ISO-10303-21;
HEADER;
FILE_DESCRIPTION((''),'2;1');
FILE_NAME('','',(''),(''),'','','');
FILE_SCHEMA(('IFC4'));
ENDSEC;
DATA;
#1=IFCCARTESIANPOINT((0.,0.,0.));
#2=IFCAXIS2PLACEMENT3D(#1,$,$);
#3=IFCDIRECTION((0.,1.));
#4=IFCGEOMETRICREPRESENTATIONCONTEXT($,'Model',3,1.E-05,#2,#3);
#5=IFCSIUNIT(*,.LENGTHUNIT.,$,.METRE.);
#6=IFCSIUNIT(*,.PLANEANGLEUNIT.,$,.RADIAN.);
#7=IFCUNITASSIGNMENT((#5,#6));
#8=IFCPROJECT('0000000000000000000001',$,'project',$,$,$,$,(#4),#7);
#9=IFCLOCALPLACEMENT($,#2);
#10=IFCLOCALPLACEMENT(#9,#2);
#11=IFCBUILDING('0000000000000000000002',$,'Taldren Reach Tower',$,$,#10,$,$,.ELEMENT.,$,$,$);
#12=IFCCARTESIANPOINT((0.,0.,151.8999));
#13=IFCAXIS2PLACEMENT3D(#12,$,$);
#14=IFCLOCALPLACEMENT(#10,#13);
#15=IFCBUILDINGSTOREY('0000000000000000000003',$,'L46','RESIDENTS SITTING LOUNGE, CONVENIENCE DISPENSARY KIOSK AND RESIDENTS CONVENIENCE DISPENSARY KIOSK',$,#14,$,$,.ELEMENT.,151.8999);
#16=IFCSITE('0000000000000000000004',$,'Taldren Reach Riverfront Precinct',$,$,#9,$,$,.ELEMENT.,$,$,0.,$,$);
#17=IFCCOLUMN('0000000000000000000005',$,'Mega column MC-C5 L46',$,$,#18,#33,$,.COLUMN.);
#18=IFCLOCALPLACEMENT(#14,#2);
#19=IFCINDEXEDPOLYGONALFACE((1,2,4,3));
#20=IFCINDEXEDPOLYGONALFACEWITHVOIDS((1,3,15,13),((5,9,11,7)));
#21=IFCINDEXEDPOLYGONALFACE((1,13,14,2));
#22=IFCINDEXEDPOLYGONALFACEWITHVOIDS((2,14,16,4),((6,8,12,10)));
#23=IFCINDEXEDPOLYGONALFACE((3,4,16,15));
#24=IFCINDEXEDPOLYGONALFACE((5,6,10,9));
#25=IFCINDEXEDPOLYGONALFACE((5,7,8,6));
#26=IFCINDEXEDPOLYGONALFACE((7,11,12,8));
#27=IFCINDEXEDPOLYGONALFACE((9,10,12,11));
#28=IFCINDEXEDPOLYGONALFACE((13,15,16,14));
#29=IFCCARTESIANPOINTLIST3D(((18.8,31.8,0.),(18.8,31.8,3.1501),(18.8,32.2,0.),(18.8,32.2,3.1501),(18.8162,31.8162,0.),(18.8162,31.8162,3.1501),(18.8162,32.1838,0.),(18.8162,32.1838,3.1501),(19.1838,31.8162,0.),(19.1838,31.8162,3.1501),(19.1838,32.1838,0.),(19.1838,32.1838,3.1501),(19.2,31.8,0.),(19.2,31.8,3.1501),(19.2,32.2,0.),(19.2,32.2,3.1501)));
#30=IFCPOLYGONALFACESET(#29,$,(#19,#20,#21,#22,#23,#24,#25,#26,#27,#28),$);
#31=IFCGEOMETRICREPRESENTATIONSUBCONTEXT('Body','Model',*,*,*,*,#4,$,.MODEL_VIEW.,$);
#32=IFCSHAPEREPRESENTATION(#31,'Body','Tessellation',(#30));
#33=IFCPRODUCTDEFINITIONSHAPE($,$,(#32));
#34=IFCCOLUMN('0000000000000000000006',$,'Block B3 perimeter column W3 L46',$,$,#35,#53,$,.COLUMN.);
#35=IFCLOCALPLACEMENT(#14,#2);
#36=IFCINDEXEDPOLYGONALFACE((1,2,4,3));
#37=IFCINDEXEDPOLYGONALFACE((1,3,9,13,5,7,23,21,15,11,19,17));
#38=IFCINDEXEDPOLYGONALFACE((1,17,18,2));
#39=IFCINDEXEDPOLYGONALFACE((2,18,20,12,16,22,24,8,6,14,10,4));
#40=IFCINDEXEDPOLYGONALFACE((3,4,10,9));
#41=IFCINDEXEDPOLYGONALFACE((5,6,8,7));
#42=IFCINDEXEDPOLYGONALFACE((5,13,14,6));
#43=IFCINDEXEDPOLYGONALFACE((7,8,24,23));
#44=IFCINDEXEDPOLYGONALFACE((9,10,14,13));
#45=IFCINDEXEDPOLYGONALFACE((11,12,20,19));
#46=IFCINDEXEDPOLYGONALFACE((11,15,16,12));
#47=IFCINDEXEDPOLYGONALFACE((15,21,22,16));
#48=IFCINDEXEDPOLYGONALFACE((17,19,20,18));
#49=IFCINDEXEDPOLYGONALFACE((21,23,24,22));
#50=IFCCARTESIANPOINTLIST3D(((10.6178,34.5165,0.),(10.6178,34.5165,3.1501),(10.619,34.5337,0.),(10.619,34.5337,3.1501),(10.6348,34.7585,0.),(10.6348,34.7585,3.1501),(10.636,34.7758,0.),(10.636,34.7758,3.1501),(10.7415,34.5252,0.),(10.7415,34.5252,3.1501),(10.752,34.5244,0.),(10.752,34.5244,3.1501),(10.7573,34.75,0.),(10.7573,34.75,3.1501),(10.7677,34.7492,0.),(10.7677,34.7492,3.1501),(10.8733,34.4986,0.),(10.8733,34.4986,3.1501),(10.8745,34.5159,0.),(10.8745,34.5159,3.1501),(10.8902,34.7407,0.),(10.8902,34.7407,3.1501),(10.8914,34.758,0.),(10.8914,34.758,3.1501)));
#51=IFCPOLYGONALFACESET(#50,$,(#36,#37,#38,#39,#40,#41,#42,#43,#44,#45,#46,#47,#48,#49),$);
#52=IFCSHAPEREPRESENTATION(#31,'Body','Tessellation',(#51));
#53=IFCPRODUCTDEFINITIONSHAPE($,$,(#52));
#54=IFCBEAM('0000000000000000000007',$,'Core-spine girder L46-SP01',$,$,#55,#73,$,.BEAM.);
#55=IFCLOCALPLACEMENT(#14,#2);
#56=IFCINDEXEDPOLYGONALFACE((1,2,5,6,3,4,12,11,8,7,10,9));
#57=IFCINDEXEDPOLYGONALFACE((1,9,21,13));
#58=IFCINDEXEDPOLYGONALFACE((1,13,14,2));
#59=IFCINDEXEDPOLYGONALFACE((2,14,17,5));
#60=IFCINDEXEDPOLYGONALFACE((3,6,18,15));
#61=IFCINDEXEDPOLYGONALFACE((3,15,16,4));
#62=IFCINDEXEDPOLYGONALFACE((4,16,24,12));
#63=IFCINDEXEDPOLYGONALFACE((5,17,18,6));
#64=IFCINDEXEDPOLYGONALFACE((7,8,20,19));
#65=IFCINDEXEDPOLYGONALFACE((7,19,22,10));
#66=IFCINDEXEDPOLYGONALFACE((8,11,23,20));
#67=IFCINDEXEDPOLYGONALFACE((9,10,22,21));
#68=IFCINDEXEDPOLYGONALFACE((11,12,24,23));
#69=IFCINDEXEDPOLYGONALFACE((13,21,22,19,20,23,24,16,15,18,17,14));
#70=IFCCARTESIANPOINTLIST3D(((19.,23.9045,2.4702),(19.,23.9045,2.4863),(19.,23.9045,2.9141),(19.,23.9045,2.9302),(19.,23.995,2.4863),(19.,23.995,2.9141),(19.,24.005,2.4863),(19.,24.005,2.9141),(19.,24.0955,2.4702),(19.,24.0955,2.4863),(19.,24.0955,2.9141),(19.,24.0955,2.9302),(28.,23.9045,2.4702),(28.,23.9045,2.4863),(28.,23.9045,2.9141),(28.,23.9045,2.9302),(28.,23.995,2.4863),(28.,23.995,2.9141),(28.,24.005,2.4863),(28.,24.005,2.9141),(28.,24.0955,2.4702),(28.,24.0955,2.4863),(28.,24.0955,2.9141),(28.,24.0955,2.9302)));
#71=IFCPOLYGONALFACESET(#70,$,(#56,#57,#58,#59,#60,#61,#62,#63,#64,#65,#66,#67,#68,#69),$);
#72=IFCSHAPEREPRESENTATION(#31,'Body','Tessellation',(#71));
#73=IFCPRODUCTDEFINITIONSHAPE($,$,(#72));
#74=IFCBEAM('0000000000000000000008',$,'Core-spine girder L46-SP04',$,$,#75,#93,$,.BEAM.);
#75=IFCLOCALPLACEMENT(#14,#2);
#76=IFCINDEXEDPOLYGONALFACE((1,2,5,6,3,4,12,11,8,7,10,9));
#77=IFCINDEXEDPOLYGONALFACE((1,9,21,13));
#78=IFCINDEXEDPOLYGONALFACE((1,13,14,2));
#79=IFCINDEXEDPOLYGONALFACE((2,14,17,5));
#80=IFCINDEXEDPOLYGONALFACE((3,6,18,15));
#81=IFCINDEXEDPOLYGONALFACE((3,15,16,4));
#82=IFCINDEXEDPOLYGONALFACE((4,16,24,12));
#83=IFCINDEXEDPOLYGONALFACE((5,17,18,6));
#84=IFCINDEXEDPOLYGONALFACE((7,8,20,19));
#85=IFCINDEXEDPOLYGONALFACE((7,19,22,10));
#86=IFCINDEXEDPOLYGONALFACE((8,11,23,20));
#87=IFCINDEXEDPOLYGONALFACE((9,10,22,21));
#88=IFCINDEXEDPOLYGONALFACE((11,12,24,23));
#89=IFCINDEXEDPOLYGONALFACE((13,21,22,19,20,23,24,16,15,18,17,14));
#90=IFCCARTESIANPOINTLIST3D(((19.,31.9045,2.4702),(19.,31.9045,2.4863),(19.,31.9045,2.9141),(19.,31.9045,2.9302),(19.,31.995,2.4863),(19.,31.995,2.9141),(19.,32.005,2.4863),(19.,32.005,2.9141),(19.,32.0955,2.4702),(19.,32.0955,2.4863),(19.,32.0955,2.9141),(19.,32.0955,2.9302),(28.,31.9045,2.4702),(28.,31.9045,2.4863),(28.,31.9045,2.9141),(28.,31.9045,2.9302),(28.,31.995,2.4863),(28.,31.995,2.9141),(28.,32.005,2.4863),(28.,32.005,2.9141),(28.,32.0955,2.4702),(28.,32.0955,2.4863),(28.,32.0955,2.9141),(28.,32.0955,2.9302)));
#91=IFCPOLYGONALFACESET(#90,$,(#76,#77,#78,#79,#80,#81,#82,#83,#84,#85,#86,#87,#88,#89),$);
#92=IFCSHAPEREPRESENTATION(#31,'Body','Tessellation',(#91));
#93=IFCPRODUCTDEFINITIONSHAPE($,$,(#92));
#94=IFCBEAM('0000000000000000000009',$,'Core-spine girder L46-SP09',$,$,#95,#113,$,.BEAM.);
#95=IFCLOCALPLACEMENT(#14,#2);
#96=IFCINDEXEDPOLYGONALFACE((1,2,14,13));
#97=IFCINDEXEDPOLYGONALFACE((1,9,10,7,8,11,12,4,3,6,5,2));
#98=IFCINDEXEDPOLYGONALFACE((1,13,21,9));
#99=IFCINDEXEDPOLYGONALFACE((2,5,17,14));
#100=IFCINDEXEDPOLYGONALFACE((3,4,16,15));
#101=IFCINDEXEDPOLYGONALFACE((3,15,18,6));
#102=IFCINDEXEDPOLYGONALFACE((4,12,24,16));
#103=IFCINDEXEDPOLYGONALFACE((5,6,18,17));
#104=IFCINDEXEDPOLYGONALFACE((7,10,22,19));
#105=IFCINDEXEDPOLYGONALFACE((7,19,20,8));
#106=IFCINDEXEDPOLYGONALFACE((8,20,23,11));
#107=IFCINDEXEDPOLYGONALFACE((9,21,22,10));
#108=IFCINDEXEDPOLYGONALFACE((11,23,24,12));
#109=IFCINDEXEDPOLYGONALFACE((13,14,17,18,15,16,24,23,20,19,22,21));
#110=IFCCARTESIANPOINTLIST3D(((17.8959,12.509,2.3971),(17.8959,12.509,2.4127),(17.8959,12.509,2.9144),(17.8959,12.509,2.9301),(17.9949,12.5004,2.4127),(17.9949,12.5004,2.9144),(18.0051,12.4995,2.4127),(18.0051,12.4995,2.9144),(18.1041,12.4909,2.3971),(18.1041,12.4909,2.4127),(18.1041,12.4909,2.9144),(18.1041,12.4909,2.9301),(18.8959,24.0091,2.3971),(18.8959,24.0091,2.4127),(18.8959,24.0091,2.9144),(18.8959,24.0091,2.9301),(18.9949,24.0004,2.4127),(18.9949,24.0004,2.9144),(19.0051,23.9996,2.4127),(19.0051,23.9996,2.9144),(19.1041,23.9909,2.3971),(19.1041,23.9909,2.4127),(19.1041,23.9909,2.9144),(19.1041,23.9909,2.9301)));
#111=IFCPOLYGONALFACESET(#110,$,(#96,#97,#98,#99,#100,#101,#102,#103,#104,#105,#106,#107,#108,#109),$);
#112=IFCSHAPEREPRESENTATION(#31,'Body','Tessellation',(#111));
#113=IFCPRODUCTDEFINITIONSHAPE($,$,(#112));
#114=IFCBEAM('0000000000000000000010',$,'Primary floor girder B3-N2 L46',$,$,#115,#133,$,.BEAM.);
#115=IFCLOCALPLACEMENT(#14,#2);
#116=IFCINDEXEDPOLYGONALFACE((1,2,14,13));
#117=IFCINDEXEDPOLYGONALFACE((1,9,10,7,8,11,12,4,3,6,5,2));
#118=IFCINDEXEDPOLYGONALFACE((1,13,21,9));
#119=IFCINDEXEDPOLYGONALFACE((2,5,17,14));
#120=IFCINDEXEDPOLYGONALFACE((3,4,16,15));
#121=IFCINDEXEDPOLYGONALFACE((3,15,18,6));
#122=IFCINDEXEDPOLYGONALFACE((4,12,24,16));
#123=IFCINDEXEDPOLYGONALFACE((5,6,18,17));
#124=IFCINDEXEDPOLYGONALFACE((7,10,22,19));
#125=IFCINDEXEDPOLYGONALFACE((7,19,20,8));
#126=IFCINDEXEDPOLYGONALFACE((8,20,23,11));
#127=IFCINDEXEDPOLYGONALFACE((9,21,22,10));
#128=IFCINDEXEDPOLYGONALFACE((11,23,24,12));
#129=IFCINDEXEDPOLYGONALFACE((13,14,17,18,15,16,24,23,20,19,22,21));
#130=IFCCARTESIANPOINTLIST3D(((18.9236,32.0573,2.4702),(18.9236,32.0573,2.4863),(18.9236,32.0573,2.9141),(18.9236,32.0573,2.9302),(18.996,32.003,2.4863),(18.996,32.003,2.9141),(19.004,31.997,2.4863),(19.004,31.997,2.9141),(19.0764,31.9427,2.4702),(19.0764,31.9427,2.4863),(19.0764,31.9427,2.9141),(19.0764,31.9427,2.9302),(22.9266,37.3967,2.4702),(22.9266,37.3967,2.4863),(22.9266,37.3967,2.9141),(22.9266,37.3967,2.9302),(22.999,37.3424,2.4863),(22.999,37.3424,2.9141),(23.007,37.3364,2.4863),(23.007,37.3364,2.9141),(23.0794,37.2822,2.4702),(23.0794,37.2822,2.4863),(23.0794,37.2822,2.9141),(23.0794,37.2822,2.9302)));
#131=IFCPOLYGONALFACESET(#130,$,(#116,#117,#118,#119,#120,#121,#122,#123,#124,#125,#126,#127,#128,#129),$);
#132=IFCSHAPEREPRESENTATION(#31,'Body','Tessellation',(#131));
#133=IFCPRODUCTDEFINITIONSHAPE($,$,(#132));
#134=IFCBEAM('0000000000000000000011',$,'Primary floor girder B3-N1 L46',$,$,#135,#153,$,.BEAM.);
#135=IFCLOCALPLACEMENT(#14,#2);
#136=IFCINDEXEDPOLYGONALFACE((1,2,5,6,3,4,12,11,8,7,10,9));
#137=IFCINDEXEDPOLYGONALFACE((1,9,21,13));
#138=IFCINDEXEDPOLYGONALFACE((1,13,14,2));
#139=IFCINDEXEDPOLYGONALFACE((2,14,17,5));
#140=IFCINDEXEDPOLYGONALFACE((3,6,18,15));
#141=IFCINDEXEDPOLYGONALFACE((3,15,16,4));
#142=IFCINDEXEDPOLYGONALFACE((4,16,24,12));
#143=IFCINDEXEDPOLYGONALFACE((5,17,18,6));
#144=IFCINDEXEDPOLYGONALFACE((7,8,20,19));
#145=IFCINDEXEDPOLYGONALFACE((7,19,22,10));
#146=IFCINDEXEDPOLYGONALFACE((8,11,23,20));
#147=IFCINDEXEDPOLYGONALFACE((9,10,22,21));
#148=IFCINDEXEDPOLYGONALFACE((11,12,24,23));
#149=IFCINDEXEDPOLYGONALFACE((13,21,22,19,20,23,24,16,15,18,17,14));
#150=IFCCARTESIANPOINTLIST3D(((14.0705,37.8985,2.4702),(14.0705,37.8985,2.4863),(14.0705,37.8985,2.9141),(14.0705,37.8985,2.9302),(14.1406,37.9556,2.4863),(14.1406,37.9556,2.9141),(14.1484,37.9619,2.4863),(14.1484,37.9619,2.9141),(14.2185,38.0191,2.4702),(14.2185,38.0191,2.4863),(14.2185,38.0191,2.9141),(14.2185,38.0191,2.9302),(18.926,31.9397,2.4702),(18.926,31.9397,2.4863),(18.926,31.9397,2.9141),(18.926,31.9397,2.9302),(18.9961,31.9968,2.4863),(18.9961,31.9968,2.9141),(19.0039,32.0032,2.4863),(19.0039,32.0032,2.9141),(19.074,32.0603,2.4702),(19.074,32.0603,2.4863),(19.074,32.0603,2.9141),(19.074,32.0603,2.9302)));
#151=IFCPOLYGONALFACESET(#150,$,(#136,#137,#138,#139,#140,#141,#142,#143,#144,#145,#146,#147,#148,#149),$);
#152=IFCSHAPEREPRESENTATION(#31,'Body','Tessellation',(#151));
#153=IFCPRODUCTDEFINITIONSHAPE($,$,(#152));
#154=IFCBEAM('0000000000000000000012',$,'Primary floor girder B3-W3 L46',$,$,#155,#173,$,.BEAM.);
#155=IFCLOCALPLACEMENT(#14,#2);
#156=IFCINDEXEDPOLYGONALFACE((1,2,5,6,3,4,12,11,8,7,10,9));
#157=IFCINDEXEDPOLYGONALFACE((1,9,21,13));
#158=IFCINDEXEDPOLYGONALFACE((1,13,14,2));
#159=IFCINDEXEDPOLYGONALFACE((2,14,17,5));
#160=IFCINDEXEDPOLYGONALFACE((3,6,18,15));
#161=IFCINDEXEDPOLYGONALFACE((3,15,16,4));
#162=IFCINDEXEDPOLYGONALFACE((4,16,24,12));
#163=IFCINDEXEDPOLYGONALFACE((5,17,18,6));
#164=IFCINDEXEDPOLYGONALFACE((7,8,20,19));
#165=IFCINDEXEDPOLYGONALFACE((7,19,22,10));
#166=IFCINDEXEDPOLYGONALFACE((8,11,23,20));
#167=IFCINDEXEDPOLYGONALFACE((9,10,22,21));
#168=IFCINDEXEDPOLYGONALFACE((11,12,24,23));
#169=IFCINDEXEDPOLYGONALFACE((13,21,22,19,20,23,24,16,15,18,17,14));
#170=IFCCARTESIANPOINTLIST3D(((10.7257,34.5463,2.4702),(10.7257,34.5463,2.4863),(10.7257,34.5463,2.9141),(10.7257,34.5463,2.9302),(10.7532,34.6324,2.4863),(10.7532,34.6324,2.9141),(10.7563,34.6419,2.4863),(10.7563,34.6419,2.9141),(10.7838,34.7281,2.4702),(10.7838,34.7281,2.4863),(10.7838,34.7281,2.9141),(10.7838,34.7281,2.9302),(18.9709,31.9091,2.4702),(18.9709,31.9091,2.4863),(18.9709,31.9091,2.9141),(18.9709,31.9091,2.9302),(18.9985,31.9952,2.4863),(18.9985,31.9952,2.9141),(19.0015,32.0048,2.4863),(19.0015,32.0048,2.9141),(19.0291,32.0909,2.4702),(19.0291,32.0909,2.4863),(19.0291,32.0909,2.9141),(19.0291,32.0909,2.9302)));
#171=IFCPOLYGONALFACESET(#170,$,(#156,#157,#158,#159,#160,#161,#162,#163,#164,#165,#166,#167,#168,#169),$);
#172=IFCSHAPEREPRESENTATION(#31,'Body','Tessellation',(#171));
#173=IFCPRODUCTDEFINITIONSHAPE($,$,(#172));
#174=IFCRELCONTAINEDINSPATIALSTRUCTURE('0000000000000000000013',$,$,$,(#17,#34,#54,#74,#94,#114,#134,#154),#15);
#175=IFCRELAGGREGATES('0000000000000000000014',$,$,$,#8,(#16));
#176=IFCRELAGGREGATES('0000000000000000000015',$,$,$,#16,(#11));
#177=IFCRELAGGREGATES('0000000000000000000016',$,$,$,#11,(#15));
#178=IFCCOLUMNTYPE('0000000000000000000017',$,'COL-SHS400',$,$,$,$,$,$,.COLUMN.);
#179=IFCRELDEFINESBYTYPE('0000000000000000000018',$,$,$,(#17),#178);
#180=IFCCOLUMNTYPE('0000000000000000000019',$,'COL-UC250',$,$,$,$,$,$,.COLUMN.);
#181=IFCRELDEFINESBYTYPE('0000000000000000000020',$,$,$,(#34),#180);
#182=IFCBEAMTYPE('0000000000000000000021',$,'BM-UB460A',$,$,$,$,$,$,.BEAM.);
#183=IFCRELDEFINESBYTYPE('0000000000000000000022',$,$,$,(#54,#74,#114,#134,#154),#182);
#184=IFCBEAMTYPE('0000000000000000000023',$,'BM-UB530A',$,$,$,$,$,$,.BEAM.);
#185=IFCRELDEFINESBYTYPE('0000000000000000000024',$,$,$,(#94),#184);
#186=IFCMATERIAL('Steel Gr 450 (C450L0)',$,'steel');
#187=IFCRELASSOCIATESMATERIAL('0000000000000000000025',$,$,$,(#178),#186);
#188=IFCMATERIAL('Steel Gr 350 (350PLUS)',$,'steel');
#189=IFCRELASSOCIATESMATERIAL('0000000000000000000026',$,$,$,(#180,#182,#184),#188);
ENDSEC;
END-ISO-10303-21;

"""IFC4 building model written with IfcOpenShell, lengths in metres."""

from ifc_helpers import new_model, si_unit, direction, frame, origin, origin_2d, place, context, subcontext, project, spatial, hollow_rectangle, i_section, extrude, source, transform, mapped, material, material_profile, profile_set, type_object, element, save


model = new_model("IFC4")

# Units and contexts
model_context = context("Model", 3, precision=1e-05, world=origin(), true_north=direction((0.0, 1.0)))
body_context = subcontext(model_context, "Body", "Model", "MODEL_VIEW")
ifc_project = project(units=[si_unit("LENGTHUNIT", "METRE"), si_unit("PLANEANGLEUNIT", "RADIAN")], contexts=[model_context])

# Site, building, storey
site_placement = place(None, origin())
site = spatial("IfcSite", under=ifc_project, at=site_placement, Name="Taldren Reach Riverfront Precinct", CompositionType="ELEMENT", RefElevation=0.0)
building_placement = place(site_placement, origin())
building = spatial("IfcBuilding", under=site, at=building_placement, Name="Taldren Reach Tower", CompositionType="ELEMENT")
storey_placement = place(building_placement, frame((0.0, 0.0, 151.8999)))
storey = spatial("IfcBuildingStorey", under=building, at=storey_placement, Name="L46", Description="RESIDENTS SITTING LOUNGE, CONVENIENCE DISPENSARY KIOSK AND RESIDENTS CONVENIENCE DISPENSARY KIOSK", CompositionType="ELEMENT", Elevation=151.8999)

# Columns
ifc_material_1 = material(Name="Steel Gr 450 (C450L0)", Category="steel")
ifc_material_profile_1 = material_profile(ifc_material_1, hollow_rectangle(XDim=0.3999, YDim=0.3999, WallThickness=0.0161, at=origin_2d()), Name="400x400x16.0SHS")
ifc_profile_set_1 = profile_set([ifc_material_profile_1], Name="Steel Gr 450 (C450L0)")
column_type_1 = type_object("IfcColumnType", Name="COL-SHS400", PredefinedType="COLUMN", material=ifc_profile_set_1)
shared_shape_1 = source(origin(), body_context, "Body", "SweptSolid", [
    extrude(hollow_rectangle(XDim=0.3999, YDim=0.3999, WallThickness=0.0161, at=origin_2d()), origin(), (0.0, 0.0, 1.0), 3.1501),
])
column_1_placement = place(storey_placement, frame((19.0, 32.0, 0.0), z_axis=(0.0, 0.0, 1.0), x_axis=(1.0, 0.0, 0.0)))
element("IfcColumn", 1, at=column_1_placement, inside=storey, type_object=column_type_1, Name="Mega column MC-C5 L46", PredefinedType="COLUMN", context=body_context, shape_type="MappedRepresentation", body=[
    mapped(shared_shape_1, transform((0.0, 0.0, 0.0), scale=1.0)),
])
ifc_material_2 = material(Name="Steel Gr 350 (350PLUS)", Category="steel")
ifc_material_profile_2 = material_profile(ifc_material_2, i_section(OverallWidth=0.2561, OverallDepth=0.26, WebThickness=0.0105, FlangeThickness=0.0173, at=origin_2d()), Name="250UC89.5")
ifc_profile_set_2 = profile_set([ifc_material_profile_2], Name="Steel Gr 350 (350PLUS)")
column_type_2 = type_object("IfcColumnType", Name="COL-UC250", PredefinedType="COLUMN", material=ifc_profile_set_2)
shared_shape_2 = source(origin(), body_context, "Body", "SweptSolid", [
    extrude(i_section(OverallWidth=0.2561, OverallDepth=0.26, WebThickness=0.0105, FlangeThickness=0.0173, at=origin_2d()), origin(), (0.0, 0.0, 1.0), 3.1501),
])
column_2_placement = place(storey_placement, frame((10.7546, 34.6372, 0.0), z_axis=(0.0, 0.0, 1.0), x_axis=(0.997564, -0.069756, 0.0)))
element("IfcColumn", 2, at=column_2_placement, inside=storey, type_object=column_type_2, Name="Block B3 perimeter column W3 L46", PredefinedType="COLUMN", context=body_context, shape_type="MappedRepresentation", body=[
    mapped(shared_shape_2, transform((0.0, 0.0, 0.0), scale=1.0)),
])

# Beams
ifc_material_profile_3 = material_profile(ifc_material_2, i_section(OverallWidth=0.1909, OverallDepth=0.46, WebThickness=0.01, FlangeThickness=0.0161, at=origin_2d()), Name="460UB82.1")
ifc_profile_set_3 = profile_set([ifc_material_profile_3], Name="Steel Gr 350 (350PLUS)")
beam_type_1 = type_object("IfcBeamType", Name="BM-UB460A", PredefinedType="BEAM", material=ifc_profile_set_3)
shared_shape_3 = source(origin(), body_context, "Body", "SweptSolid", [
    extrude(i_section(OverallWidth=0.1909, OverallDepth=0.46, WebThickness=0.01, FlangeThickness=0.0161, at=origin_2d()), origin(), (0.0, 0.0, 1.0), 9.0),
])
for number, where, z_axis, x_axis, name in (
    (3, (19.0, 24.0, 2.7002), (1.0, 0.0, 0.0), (0.0, 1.0, 0.0), "Core-spine girder L46-SP01"),
    (4, (19.0, 32.0, 2.7002), (1.0, 0.0, 0.0), (0.0, 1.0, 0.0), "Core-spine girder L46-SP04"),
):
    element("IfcBeam", number, at=place(storey_placement, frame(where, z_axis=z_axis, x_axis=x_axis)), inside=storey, type_object=beam_type_1, Name=name, PredefinedType="BEAM", context=body_context, shape_type="MappedRepresentation", body=[
        mapped(shared_shape_3, transform((0.0, 0.0, 0.0), scale=1.0)),
    ])
ifc_material_profile_4 = material_profile(ifc_material_2, i_section(OverallWidth=0.209, OverallDepth=0.533, WebThickness=0.0103, FlangeThickness=0.0156, at=origin_2d()), Name="530UB92.4")
ifc_profile_set_4 = profile_set([ifc_material_profile_4], Name="Steel Gr 350 (350PLUS)")
beam_type_2 = type_object("IfcBeamType", Name="BM-UB530A", PredefinedType="BEAM", material=ifc_profile_set_4)
shared_shape_4 = source(origin(), body_context, "Body", "SweptSolid", [
    extrude(i_section(OverallWidth=0.209, OverallDepth=0.533, WebThickness=0.0103, FlangeThickness=0.0156, at=origin_2d()), origin(), (0.0, 0.0, 1.0), 11.5435),
])
beam_1_placement = place(storey_placement, frame((19.0, 24.0, 2.6636), z_axis=(-0.08663, -0.996241, 0.0), x_axis=(0.996241, -0.08663, 0.0)))
element("IfcBeam", 5, at=beam_1_placement, inside=storey, type_object=beam_type_2, Name="Core-spine girder L46-SP09", PredefinedType="BEAM", context=body_context, shape_type="MappedRepresentation", body=[
    mapped(shared_shape_4, transform((0.0, 0.0, 0.0), scale=1.0)),
])
shared_shape_5 = source(origin(), body_context, "Body", "SweptSolid", [
    extrude(i_section(OverallWidth=0.1909, OverallDepth=0.46, WebThickness=0.01, FlangeThickness=0.0161, at=origin_2d()), origin(), (0.0, 0.0, 1.0), 6.6733),
])
beam_2_placement = place(storey_placement, frame((19.0, 32.0, 2.7002), z_axis=(0.599848, 0.800114, 0.0), x_axis=(-0.800114, 0.599848, 0.0)))
element("IfcBeam", 6, at=beam_2_placement, inside=storey, type_object=beam_type_1, Name="Primary floor girder B3-N2 L46", PredefinedType="BEAM", context=body_context, shape_type="MappedRepresentation", body=[
    mapped(shared_shape_5, transform((0.0, 0.0, 0.0), scale=1.0)),
])
shared_shape_6 = source(origin(), body_context, "Body", "SweptSolid", [
    extrude(i_section(OverallWidth=0.1909, OverallDepth=0.46, WebThickness=0.01, FlangeThickness=0.0161, at=origin_2d()), origin(), (0.0, 0.0, 1.0), 7.6865),
])
beam_3_placement = place(storey_placement, frame((19.0, 32.0, 2.7002), z_axis=(-0.631689, 0.775222, 0.0), x_axis=(-0.775222, -0.631689, 0.0)))
element("IfcBeam", 7, at=beam_3_placement, inside=storey, type_object=beam_type_1, Name="Primary floor girder B3-N1 L46", PredefinedType="BEAM", context=body_context, shape_type="MappedRepresentation", body=[
    mapped(shared_shape_6, transform((0.0, 0.0, 0.0), scale=1.0)),
])
shared_shape_7 = source(origin(), body_context, "Body", "SweptSolid", [
    extrude(i_section(OverallWidth=0.1909, OverallDepth=0.46, WebThickness=0.01, FlangeThickness=0.0161, at=origin_2d()), origin(), (0.0, 0.0, 1.0), 8.6567),
])
beam_4_placement = place(storey_placement, frame((19.0, 32.0, 2.7002), z_axis=(-0.952468, 0.304639, 0.0), x_axis=(-0.304639, -0.952468, 0.0)))
element("IfcBeam", 8, at=beam_4_placement, inside=storey, type_object=beam_type_1, Name="Primary floor girder B3-W3 L46", PredefinedType="BEAM", context=body_context, shape_type="MappedRepresentation", body=[
    mapped(shared_shape_7, transform((0.0, 0.0, 0.0), scale=1.0)),
])

save(model, "model.ifc")
